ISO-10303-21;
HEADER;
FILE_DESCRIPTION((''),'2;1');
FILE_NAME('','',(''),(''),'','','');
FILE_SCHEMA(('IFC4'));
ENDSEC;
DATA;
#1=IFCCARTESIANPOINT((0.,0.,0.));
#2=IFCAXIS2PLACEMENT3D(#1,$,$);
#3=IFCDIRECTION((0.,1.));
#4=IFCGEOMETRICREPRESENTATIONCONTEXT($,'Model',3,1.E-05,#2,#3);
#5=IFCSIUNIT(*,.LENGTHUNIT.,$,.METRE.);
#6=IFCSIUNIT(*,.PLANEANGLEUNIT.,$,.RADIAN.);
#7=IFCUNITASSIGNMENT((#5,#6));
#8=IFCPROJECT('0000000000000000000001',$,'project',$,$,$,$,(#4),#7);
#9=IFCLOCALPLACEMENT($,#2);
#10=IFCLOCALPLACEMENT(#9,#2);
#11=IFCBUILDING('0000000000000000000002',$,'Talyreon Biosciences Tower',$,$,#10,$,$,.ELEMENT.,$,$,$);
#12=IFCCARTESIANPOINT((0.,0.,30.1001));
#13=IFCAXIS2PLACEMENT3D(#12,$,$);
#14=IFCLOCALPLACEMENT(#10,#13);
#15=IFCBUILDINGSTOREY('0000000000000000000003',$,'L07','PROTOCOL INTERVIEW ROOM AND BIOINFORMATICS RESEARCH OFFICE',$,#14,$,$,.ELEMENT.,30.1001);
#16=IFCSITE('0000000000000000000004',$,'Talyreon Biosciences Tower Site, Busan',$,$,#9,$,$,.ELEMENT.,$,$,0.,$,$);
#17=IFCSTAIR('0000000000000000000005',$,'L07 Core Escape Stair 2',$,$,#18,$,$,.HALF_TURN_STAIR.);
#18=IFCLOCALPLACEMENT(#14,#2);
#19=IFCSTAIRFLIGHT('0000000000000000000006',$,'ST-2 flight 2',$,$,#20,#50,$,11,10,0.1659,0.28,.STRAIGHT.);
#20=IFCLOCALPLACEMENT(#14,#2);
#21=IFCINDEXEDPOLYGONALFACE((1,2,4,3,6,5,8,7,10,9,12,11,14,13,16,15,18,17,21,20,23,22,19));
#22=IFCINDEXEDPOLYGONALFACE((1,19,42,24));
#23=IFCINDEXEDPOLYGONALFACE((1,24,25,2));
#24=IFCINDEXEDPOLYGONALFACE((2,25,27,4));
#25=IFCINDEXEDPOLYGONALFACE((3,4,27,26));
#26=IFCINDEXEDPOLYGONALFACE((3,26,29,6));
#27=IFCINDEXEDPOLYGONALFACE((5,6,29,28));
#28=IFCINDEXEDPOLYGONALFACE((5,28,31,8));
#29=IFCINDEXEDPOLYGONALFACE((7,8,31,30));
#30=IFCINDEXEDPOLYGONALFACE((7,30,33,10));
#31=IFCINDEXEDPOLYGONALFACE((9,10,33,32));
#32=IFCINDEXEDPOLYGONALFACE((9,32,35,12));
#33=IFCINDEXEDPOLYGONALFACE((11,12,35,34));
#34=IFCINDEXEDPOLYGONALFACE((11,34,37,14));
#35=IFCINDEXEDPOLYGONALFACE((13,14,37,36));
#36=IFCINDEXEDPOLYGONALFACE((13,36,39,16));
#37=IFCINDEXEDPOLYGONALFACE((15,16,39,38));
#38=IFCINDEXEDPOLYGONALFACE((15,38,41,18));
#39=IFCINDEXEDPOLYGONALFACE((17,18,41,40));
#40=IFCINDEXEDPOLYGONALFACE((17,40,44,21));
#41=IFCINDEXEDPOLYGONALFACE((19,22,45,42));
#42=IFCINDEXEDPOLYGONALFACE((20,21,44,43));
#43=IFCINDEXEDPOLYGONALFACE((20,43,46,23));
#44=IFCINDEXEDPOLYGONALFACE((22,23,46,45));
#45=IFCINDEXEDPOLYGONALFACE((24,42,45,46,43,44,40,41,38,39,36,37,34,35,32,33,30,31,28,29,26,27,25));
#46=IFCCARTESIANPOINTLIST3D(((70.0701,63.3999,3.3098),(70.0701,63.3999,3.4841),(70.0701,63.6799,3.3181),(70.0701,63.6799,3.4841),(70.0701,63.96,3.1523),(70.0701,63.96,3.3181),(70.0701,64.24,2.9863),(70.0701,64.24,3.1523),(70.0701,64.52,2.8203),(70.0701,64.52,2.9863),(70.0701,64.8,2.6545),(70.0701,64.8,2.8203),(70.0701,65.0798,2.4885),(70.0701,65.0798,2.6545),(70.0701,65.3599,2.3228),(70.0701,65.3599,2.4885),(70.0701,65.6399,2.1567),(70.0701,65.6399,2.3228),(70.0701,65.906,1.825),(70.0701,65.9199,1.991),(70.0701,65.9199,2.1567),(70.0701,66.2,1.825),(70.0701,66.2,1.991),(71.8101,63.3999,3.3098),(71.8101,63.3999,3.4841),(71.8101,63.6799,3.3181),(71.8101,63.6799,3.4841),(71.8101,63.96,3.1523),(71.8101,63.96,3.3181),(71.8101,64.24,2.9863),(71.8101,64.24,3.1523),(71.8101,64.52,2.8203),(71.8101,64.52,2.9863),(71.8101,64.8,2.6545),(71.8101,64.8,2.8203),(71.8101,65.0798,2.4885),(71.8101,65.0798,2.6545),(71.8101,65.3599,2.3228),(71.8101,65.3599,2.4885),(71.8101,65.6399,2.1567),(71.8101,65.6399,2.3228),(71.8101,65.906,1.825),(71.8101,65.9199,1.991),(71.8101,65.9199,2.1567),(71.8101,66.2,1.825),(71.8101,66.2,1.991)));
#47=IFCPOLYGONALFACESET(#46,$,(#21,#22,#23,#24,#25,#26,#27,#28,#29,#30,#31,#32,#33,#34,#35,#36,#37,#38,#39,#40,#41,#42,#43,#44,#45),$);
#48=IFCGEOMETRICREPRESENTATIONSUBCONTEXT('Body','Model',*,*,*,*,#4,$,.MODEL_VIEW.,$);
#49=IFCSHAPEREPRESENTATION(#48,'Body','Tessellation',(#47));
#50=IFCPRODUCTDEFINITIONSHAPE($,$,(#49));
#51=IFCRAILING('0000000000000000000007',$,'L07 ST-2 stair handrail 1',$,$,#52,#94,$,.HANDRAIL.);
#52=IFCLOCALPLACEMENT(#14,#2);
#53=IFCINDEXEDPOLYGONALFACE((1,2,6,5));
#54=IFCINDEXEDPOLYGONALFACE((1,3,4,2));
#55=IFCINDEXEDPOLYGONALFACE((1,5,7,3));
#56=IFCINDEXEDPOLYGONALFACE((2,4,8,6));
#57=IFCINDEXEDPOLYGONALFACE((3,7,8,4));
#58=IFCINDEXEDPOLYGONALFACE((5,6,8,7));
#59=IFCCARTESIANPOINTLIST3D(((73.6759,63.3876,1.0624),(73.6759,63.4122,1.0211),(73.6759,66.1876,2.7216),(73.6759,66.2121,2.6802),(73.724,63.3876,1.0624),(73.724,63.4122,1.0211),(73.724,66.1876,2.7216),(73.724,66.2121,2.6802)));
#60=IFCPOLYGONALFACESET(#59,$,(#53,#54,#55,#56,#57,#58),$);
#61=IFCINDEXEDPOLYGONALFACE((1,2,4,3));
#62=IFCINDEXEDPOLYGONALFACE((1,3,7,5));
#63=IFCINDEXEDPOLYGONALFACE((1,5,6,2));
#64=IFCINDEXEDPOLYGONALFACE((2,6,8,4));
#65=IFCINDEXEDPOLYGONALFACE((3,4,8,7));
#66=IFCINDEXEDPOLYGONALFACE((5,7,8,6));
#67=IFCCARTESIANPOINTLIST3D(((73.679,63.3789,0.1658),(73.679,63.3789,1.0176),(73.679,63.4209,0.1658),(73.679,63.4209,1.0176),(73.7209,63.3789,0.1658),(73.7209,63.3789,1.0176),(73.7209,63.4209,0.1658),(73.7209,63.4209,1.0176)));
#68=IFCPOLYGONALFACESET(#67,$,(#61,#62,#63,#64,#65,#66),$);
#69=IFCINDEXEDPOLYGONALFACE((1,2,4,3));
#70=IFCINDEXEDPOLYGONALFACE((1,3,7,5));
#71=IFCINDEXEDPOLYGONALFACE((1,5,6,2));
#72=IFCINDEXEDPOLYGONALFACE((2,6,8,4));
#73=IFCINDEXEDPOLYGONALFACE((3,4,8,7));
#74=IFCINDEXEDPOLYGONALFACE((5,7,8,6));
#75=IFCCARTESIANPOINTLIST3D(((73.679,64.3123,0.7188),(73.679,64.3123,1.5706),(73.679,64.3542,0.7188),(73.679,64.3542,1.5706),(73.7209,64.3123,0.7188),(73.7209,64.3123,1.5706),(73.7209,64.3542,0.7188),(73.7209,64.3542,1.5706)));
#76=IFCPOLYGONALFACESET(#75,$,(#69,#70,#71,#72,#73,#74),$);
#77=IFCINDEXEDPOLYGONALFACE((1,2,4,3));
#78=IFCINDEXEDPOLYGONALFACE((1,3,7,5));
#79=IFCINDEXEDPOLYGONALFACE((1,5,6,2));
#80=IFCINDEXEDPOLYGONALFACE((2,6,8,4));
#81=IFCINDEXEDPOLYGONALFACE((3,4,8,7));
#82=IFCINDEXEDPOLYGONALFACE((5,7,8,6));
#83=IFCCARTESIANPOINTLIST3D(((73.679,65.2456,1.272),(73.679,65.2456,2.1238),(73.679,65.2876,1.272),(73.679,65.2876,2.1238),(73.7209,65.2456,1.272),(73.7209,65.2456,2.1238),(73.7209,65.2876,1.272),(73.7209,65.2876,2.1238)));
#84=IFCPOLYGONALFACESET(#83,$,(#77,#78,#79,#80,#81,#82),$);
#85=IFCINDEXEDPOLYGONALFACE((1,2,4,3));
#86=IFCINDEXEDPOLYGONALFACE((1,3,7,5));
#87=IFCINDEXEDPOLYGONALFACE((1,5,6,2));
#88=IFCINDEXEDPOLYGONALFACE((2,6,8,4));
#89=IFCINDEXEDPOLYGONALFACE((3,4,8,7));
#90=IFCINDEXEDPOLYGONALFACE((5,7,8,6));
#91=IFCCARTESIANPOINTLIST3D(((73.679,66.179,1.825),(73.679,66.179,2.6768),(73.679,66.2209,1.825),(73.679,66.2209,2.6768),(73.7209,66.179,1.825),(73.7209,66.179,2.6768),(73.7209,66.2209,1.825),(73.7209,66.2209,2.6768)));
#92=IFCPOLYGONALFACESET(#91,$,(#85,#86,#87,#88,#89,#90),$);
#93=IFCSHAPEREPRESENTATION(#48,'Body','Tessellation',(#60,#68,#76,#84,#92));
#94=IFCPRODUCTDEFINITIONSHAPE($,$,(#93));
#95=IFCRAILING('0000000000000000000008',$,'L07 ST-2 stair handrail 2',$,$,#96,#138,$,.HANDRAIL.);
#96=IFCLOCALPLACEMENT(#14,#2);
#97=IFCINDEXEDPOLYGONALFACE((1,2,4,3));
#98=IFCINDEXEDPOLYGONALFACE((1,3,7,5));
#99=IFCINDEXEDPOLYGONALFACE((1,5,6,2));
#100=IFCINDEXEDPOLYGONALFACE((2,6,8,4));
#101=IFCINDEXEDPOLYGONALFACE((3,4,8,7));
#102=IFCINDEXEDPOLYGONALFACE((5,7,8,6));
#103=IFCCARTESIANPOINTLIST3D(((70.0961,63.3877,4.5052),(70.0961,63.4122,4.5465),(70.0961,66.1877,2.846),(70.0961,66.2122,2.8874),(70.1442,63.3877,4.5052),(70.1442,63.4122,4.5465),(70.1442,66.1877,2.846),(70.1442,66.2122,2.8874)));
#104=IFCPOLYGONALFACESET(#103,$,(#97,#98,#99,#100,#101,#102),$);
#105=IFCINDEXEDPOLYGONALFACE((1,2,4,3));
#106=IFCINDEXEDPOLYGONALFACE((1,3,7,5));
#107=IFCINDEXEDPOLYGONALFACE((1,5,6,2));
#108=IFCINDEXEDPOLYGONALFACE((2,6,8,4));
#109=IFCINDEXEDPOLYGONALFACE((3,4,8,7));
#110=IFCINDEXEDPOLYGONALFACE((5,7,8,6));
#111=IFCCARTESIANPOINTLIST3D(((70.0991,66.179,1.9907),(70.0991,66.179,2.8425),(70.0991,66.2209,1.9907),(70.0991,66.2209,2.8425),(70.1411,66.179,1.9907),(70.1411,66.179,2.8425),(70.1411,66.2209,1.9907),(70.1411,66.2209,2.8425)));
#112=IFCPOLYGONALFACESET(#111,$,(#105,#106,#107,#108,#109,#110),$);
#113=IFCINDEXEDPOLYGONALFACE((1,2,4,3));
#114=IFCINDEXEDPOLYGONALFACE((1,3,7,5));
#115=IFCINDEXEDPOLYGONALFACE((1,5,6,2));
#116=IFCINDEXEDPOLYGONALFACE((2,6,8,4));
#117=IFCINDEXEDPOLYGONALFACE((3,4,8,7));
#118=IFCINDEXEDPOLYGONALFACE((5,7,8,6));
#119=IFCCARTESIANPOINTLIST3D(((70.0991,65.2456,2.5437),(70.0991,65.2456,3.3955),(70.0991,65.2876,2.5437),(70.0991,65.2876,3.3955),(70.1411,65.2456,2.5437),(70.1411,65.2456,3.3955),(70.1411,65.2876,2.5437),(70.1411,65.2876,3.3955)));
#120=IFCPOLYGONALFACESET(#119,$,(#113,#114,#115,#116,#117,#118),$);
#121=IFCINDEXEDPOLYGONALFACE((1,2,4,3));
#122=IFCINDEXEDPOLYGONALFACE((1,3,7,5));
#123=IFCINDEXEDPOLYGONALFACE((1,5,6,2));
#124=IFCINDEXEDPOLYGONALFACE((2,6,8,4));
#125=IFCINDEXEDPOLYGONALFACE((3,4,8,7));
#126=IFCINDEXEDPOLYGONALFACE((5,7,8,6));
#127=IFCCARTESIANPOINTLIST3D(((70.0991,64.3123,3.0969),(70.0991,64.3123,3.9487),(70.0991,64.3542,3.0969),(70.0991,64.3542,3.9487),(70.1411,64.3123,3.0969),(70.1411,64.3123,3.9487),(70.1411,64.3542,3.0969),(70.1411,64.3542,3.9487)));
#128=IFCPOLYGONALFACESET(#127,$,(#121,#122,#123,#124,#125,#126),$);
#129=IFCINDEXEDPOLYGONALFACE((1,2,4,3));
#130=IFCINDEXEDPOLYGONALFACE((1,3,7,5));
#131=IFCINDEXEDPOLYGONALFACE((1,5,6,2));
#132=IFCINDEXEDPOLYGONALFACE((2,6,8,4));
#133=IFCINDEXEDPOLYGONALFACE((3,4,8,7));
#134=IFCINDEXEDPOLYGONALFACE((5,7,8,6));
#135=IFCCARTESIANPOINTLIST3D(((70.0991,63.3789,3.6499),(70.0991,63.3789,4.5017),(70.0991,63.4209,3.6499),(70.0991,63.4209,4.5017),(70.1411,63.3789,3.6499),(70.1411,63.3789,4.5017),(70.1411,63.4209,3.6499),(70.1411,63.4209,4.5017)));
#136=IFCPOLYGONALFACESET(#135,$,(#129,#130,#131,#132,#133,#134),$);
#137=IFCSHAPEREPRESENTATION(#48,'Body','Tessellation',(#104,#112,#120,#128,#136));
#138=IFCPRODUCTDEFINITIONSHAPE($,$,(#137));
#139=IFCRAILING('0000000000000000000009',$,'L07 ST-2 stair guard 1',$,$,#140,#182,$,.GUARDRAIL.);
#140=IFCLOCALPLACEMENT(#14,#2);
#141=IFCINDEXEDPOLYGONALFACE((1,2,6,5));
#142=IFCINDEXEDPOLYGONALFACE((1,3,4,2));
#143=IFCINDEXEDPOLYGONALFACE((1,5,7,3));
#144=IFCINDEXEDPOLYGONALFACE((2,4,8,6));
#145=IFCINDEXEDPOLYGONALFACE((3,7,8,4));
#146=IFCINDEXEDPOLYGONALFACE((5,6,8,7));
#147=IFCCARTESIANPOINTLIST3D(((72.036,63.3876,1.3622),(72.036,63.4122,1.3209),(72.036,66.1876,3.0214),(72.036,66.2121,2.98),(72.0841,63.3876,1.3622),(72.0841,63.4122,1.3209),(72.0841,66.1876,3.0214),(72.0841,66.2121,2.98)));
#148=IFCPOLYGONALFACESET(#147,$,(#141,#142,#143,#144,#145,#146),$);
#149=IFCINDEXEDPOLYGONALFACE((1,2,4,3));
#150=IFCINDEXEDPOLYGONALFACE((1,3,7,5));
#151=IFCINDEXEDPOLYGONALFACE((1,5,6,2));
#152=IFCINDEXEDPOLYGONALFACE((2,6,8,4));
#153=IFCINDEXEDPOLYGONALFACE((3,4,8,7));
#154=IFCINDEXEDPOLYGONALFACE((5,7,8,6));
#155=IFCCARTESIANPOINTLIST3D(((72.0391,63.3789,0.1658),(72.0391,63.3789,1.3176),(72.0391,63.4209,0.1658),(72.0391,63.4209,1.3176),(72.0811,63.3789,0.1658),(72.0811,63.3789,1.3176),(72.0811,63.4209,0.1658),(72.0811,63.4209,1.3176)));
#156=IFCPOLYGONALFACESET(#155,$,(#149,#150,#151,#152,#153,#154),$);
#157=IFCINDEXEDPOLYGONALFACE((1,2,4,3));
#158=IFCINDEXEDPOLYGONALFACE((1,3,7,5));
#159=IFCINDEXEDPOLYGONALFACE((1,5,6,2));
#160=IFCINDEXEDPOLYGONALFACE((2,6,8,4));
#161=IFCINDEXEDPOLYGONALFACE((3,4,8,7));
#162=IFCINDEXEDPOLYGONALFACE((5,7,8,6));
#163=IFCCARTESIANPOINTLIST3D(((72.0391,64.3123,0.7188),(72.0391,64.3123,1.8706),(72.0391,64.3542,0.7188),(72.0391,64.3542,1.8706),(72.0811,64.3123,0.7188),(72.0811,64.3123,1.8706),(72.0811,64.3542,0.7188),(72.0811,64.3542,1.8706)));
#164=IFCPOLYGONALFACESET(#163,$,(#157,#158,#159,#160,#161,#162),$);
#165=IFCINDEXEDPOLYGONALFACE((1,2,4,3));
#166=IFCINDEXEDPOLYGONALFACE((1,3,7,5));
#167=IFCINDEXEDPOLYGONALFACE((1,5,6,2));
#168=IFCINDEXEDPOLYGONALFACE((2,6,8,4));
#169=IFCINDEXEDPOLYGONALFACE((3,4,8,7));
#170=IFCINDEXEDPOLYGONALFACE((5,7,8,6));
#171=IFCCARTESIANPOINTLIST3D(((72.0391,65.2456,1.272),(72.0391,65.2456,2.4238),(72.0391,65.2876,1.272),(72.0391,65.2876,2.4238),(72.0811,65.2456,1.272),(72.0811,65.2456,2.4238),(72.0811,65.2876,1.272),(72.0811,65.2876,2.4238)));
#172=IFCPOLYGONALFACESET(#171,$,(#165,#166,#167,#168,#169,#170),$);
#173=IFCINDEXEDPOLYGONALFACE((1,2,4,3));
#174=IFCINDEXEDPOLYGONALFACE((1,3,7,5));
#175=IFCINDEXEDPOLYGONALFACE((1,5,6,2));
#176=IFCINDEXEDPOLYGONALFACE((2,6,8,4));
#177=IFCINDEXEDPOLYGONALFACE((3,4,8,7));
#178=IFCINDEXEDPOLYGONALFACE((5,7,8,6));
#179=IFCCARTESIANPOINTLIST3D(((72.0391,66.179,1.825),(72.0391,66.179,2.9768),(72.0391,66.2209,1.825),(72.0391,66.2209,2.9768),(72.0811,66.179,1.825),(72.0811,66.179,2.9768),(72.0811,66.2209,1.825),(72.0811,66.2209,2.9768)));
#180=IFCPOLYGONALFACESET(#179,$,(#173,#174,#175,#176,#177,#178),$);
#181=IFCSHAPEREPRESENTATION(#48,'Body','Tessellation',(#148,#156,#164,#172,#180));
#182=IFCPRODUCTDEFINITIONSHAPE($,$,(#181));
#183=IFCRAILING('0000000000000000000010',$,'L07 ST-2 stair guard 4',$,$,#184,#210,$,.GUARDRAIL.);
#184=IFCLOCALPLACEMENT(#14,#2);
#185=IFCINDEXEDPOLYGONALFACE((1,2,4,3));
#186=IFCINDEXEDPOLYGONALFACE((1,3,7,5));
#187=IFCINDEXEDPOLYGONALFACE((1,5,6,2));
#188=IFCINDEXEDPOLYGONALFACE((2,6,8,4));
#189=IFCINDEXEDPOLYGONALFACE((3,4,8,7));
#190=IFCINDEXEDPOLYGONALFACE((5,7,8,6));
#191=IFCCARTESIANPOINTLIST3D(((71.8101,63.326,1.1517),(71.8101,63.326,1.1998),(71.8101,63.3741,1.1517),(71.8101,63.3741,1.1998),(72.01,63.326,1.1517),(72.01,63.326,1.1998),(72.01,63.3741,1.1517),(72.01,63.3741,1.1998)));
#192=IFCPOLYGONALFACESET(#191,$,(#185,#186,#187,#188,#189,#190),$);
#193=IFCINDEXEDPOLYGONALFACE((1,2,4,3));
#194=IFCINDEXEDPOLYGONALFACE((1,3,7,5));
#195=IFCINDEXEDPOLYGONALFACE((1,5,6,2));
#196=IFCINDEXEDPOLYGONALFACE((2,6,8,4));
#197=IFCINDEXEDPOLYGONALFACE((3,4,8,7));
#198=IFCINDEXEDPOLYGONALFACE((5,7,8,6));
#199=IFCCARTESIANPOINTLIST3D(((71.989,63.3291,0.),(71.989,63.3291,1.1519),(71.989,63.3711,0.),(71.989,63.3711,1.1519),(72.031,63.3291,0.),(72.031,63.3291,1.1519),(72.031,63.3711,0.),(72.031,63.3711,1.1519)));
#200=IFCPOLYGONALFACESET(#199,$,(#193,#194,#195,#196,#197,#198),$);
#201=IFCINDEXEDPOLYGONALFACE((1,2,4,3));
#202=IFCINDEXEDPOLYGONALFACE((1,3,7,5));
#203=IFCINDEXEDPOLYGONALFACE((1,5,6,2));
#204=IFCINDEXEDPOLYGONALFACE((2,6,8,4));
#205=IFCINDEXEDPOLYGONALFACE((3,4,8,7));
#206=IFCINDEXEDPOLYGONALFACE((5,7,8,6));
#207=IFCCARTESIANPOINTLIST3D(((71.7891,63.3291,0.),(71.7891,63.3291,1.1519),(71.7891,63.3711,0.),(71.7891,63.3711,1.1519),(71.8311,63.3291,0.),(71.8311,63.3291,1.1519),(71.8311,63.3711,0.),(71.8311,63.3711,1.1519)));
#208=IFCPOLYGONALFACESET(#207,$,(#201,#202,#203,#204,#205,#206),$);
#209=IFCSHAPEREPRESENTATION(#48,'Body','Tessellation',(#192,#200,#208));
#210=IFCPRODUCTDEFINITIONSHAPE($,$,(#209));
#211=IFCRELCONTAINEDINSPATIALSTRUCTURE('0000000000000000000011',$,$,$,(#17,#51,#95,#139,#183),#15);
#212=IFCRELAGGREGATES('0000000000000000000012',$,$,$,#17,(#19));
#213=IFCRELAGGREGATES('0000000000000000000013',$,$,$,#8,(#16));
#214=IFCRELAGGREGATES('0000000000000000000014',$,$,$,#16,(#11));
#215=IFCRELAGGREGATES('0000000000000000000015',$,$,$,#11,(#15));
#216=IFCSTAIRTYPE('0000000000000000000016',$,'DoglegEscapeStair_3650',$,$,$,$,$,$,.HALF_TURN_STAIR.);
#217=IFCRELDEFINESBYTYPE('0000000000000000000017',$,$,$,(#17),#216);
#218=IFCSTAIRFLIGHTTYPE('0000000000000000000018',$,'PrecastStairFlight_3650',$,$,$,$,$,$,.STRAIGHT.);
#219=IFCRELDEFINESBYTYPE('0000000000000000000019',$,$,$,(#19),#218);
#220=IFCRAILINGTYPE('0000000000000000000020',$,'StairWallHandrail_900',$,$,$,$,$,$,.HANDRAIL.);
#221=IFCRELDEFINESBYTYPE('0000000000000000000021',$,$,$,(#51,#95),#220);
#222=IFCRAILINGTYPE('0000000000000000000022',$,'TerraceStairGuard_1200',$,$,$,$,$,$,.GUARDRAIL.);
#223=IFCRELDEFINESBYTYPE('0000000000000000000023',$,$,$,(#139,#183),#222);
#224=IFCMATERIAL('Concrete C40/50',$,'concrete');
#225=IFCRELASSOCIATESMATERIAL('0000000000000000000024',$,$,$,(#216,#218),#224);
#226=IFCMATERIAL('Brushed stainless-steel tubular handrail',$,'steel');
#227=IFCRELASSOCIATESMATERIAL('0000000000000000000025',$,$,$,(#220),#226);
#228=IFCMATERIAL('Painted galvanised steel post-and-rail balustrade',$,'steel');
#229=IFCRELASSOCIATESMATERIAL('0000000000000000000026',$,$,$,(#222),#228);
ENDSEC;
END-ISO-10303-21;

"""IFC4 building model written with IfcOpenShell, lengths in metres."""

from ifc_helpers import new_model, si_unit, direction, frame, origin, origin_2d, place, context, subcontext, project, spatial, polyline, rectangle, outline, extrude, material, type_object, element, aggregate, save


model = new_model("IFC4")

# Units and contexts
model_context = context("Model", 3, precision=1e-05, world=origin(), true_north=direction((0.0, 1.0)))
body_context = subcontext(model_context, "Body", "Model", "MODEL_VIEW")
ifc_project = project(units=[si_unit("LENGTHUNIT", "METRE"), si_unit("PLANEANGLEUNIT", "RADIAN")], contexts=[model_context])

# Site, building, storey
site_placement = place(None, origin())
site = spatial("IfcSite", under=ifc_project, at=site_placement, Name="Talyreon Biosciences Tower Site, Busan", CompositionType="ELEMENT", RefElevation=0.0)
building_placement = place(site_placement, origin())
building = spatial("IfcBuilding", under=site, at=building_placement, Name="Talyreon Biosciences Tower", CompositionType="ELEMENT")
storey_placement = place(building_placement, frame((0.0, 0.0, 30.1001)))
storey = spatial("IfcBuildingStorey", under=building, at=storey_placement, Name="L07", Description="PROTOCOL INTERVIEW ROOM AND BIOINFORMATICS RESEARCH OFFICE", CompositionType="ELEMENT", Elevation=30.1001)

# Stair, stair flight
ifc_material_1 = material(Name="Concrete C40/50", Category="concrete")
stair_type = type_object("IfcStairType", Name="DoglegEscapeStair_3650", PredefinedType="HALF_TURN_STAIR", material=ifc_material_1)
stair_placement = place(storey_placement, origin())
stair = element("IfcStair", 1, at=stair_placement, inside=storey, type_object=stair_type, Name="L07 Core Escape Stair 2", PredefinedType="HALF_TURN_STAIR")
stair_flight_type = type_object("IfcStairFlightType", Name="PrecastStairFlight_3650", PredefinedType="STRAIGHT", material=ifc_material_1)
stair_flight_1_placement = place(storey_placement, frame((70.9399, 66.2, 1.825), z_axis=(0.0, 0.0, 1.0), x_axis=(0.0, -1.0, 0.0)))
stair_flight_1 = element("IfcStairFlight", 2, at=stair_flight_1_placement, type_object=stair_flight_type, Name="ST-2 flight 2", NumberOfRisers=11, NumberOfTreads=10, PredefinedType="STRAIGHT", RiserHeight=0.1659, TreadLength=0.28, context=body_context, shape_type="SweptSolid", body=[
    extrude(outline(polyline([(0.0, 0.0), (0.0, 0.166), (0.28, 0.166), (0.28, 0.3318), (0.5601, 0.3318), (0.5601, 0.4978), (0.8401, 0.4978), (0.8401, 0.6636), (1.1201, 0.6636), (1.1201, 0.8296), (1.3999, 0.8296), (1.3999, 0.9954), (1.6799, 0.9954), (1.6799, 1.1614), (1.96, 1.1614), (1.96, 1.3274), (2.24, 1.3274), (2.24, 1.4932), (2.52, 1.4932), (2.52, 1.6592), (2.8, 1.6592), (2.8, 1.825), (2.8, 1.4849), (0.2939, 0.0), (0.0, 0.0)])), frame((0.0, 0.8701, 0.0), z_axis=(0.0, -1.0, 0.0), x_axis=(1.0, 0.0, 0.0)), (0.0, 0.0, 1.0), 1.74),
])
aggregate(stair, [stair_flight_1])

# Railings
ifc_material_2 = material(Name="Brushed stainless-steel tubular handrail", Category="steel")
railing_type_1 = type_object("IfcRailingType", Name="StairWallHandrail_900", PredefinedType="HANDRAIL", material=ifc_material_2)
railing_1_placement = place(storey_placement, frame((73.7, 63.3999, 0.1658)))
element("IfcRailing", 3, at=railing_1_placement, inside=storey, type_object=railing_type_1, Name="L07 ST-2 stair handrail 1", PredefinedType="HANDRAIL", context=body_context, shape_type="SweptSolid", body=[
    extrude(rectangle(XDim=0.0481, YDim=0.0481, at=origin_2d()), frame((0.0, 0.0, 0.876), z_axis=(0.0, 0.860306, 0.509778), x_axis=(-1.0, 0.0, 0.0)), (0.0, 0.0, 1.0), 3.2546),
    extrude(rectangle(XDim=0.042, YDim=0.042, at=origin_2d()), origin(), (0.0, 0.0, 1.0), 0.8518),
    extrude(rectangle(XDim=0.042, YDim=0.042, at=origin_2d()), frame((0.0, 0.9333, 0.553)), (0.0, 0.0, 1.0), 0.8518),
    extrude(rectangle(XDim=0.042, YDim=0.042, at=origin_2d()), frame((0.0, 1.8667, 1.1062)), (0.0, 0.0, 1.0), 0.8518),
    extrude(rectangle(XDim=0.042, YDim=0.042, at=origin_2d()), frame((0.0, 2.8, 1.6592)), (0.0, 0.0, 1.0), 0.8518),
])
railing_2_placement = place(storey_placement, frame((70.1201, 66.2, 1.9907)))
element("IfcRailing", 4, at=railing_2_placement, inside=storey, type_object=railing_type_1, Name="L07 ST-2 stair handrail 2", PredefinedType="HANDRAIL", context=body_context, shape_type="SweptSolid", body=[
    extrude(rectangle(XDim=0.0481, YDim=0.0481, at=origin_2d()), frame((0.0, 0.0, 0.876), z_axis=(0.0, -0.860306, 0.509778), x_axis=(1.0, 0.0, 0.0)), (0.0, 0.0, 1.0), 3.2546),
    extrude(rectangle(XDim=0.042, YDim=0.042, at=origin_2d()), origin(), (0.0, 0.0, 1.0), 0.8518),
    extrude(rectangle(XDim=0.042, YDim=0.042, at=origin_2d()), frame((0.0, -0.9333, 0.553)), (0.0, 0.0, 1.0), 0.8518),
    extrude(rectangle(XDim=0.042, YDim=0.042, at=origin_2d()), frame((0.0, -1.8667, 1.1062)), (0.0, 0.0, 1.0), 0.8518),
    extrude(rectangle(XDim=0.042, YDim=0.042, at=origin_2d()), frame((0.0, -2.8, 1.6592)), (0.0, 0.0, 1.0), 0.8518),
])
ifc_material_3 = material(Name="Painted galvanised steel post-and-rail balustrade", Category="steel")
railing_type_2 = type_object("IfcRailingType", Name="TerraceStairGuard_1200", PredefinedType="GUARDRAIL", material=ifc_material_3)
railing_3_placement = place(storey_placement, frame((72.0601, 63.3999, 0.1658)))
element("IfcRailing", 5, at=railing_3_placement, inside=storey, type_object=railing_type_2, Name="L07 ST-2 stair guard 1", PredefinedType="GUARDRAIL", context=body_context, shape_type="SweptSolid", body=[
    extrude(rectangle(XDim=0.0481, YDim=0.0481, at=origin_2d()), frame((0.0, 0.0, 1.1758), z_axis=(0.0, 0.860306, 0.509778), x_axis=(-1.0, 0.0, 0.0)), (0.0, 0.0, 1.0), 3.2546),
    extrude(rectangle(XDim=0.042, YDim=0.042, at=origin_2d()), origin(), (0.0, 0.0, 1.0), 1.1519),
    extrude(rectangle(XDim=0.042, YDim=0.042, at=origin_2d()), frame((0.0, 0.9333, 0.553)), (0.0, 0.0, 1.0), 1.1519),
    extrude(rectangle(XDim=0.042, YDim=0.042, at=origin_2d()), frame((0.0, 1.8667, 1.1062)), (0.0, 0.0, 1.0), 1.1519),
    extrude(rectangle(XDim=0.042, YDim=0.042, at=origin_2d()), frame((0.0, 2.8, 1.6592)), (0.0, 0.0, 1.0), 1.1519),
])
railing_4_placement = place(storey_placement, frame((72.01, 63.3501, 0.0)))
element("IfcRailing", 6, at=railing_4_placement, inside=storey, type_object=railing_type_2, Name="L07 ST-2 stair guard 4", PredefinedType="GUARDRAIL", context=body_context, shape_type="SweptSolid", body=[
    extrude(rectangle(XDim=0.0481, YDim=0.0481, at=origin_2d()), frame((0.0, 0.0, 1.1758), z_axis=(-1.0, 0.0, 0.0), x_axis=(0.0, -1.0, 0.0)), (0.0, 0.0, 1.0), 0.2),
    extrude(rectangle(XDim=0.042, YDim=0.042, at=origin_2d()), origin(), (0.0, 0.0, 1.0), 1.1519),
    extrude(rectangle(XDim=0.042, YDim=0.042, at=origin_2d()), frame((-0.2, 0.0, 0.0)), (0.0, 0.0, 1.0), 1.1519),
])

save(model, "model.ifc")
